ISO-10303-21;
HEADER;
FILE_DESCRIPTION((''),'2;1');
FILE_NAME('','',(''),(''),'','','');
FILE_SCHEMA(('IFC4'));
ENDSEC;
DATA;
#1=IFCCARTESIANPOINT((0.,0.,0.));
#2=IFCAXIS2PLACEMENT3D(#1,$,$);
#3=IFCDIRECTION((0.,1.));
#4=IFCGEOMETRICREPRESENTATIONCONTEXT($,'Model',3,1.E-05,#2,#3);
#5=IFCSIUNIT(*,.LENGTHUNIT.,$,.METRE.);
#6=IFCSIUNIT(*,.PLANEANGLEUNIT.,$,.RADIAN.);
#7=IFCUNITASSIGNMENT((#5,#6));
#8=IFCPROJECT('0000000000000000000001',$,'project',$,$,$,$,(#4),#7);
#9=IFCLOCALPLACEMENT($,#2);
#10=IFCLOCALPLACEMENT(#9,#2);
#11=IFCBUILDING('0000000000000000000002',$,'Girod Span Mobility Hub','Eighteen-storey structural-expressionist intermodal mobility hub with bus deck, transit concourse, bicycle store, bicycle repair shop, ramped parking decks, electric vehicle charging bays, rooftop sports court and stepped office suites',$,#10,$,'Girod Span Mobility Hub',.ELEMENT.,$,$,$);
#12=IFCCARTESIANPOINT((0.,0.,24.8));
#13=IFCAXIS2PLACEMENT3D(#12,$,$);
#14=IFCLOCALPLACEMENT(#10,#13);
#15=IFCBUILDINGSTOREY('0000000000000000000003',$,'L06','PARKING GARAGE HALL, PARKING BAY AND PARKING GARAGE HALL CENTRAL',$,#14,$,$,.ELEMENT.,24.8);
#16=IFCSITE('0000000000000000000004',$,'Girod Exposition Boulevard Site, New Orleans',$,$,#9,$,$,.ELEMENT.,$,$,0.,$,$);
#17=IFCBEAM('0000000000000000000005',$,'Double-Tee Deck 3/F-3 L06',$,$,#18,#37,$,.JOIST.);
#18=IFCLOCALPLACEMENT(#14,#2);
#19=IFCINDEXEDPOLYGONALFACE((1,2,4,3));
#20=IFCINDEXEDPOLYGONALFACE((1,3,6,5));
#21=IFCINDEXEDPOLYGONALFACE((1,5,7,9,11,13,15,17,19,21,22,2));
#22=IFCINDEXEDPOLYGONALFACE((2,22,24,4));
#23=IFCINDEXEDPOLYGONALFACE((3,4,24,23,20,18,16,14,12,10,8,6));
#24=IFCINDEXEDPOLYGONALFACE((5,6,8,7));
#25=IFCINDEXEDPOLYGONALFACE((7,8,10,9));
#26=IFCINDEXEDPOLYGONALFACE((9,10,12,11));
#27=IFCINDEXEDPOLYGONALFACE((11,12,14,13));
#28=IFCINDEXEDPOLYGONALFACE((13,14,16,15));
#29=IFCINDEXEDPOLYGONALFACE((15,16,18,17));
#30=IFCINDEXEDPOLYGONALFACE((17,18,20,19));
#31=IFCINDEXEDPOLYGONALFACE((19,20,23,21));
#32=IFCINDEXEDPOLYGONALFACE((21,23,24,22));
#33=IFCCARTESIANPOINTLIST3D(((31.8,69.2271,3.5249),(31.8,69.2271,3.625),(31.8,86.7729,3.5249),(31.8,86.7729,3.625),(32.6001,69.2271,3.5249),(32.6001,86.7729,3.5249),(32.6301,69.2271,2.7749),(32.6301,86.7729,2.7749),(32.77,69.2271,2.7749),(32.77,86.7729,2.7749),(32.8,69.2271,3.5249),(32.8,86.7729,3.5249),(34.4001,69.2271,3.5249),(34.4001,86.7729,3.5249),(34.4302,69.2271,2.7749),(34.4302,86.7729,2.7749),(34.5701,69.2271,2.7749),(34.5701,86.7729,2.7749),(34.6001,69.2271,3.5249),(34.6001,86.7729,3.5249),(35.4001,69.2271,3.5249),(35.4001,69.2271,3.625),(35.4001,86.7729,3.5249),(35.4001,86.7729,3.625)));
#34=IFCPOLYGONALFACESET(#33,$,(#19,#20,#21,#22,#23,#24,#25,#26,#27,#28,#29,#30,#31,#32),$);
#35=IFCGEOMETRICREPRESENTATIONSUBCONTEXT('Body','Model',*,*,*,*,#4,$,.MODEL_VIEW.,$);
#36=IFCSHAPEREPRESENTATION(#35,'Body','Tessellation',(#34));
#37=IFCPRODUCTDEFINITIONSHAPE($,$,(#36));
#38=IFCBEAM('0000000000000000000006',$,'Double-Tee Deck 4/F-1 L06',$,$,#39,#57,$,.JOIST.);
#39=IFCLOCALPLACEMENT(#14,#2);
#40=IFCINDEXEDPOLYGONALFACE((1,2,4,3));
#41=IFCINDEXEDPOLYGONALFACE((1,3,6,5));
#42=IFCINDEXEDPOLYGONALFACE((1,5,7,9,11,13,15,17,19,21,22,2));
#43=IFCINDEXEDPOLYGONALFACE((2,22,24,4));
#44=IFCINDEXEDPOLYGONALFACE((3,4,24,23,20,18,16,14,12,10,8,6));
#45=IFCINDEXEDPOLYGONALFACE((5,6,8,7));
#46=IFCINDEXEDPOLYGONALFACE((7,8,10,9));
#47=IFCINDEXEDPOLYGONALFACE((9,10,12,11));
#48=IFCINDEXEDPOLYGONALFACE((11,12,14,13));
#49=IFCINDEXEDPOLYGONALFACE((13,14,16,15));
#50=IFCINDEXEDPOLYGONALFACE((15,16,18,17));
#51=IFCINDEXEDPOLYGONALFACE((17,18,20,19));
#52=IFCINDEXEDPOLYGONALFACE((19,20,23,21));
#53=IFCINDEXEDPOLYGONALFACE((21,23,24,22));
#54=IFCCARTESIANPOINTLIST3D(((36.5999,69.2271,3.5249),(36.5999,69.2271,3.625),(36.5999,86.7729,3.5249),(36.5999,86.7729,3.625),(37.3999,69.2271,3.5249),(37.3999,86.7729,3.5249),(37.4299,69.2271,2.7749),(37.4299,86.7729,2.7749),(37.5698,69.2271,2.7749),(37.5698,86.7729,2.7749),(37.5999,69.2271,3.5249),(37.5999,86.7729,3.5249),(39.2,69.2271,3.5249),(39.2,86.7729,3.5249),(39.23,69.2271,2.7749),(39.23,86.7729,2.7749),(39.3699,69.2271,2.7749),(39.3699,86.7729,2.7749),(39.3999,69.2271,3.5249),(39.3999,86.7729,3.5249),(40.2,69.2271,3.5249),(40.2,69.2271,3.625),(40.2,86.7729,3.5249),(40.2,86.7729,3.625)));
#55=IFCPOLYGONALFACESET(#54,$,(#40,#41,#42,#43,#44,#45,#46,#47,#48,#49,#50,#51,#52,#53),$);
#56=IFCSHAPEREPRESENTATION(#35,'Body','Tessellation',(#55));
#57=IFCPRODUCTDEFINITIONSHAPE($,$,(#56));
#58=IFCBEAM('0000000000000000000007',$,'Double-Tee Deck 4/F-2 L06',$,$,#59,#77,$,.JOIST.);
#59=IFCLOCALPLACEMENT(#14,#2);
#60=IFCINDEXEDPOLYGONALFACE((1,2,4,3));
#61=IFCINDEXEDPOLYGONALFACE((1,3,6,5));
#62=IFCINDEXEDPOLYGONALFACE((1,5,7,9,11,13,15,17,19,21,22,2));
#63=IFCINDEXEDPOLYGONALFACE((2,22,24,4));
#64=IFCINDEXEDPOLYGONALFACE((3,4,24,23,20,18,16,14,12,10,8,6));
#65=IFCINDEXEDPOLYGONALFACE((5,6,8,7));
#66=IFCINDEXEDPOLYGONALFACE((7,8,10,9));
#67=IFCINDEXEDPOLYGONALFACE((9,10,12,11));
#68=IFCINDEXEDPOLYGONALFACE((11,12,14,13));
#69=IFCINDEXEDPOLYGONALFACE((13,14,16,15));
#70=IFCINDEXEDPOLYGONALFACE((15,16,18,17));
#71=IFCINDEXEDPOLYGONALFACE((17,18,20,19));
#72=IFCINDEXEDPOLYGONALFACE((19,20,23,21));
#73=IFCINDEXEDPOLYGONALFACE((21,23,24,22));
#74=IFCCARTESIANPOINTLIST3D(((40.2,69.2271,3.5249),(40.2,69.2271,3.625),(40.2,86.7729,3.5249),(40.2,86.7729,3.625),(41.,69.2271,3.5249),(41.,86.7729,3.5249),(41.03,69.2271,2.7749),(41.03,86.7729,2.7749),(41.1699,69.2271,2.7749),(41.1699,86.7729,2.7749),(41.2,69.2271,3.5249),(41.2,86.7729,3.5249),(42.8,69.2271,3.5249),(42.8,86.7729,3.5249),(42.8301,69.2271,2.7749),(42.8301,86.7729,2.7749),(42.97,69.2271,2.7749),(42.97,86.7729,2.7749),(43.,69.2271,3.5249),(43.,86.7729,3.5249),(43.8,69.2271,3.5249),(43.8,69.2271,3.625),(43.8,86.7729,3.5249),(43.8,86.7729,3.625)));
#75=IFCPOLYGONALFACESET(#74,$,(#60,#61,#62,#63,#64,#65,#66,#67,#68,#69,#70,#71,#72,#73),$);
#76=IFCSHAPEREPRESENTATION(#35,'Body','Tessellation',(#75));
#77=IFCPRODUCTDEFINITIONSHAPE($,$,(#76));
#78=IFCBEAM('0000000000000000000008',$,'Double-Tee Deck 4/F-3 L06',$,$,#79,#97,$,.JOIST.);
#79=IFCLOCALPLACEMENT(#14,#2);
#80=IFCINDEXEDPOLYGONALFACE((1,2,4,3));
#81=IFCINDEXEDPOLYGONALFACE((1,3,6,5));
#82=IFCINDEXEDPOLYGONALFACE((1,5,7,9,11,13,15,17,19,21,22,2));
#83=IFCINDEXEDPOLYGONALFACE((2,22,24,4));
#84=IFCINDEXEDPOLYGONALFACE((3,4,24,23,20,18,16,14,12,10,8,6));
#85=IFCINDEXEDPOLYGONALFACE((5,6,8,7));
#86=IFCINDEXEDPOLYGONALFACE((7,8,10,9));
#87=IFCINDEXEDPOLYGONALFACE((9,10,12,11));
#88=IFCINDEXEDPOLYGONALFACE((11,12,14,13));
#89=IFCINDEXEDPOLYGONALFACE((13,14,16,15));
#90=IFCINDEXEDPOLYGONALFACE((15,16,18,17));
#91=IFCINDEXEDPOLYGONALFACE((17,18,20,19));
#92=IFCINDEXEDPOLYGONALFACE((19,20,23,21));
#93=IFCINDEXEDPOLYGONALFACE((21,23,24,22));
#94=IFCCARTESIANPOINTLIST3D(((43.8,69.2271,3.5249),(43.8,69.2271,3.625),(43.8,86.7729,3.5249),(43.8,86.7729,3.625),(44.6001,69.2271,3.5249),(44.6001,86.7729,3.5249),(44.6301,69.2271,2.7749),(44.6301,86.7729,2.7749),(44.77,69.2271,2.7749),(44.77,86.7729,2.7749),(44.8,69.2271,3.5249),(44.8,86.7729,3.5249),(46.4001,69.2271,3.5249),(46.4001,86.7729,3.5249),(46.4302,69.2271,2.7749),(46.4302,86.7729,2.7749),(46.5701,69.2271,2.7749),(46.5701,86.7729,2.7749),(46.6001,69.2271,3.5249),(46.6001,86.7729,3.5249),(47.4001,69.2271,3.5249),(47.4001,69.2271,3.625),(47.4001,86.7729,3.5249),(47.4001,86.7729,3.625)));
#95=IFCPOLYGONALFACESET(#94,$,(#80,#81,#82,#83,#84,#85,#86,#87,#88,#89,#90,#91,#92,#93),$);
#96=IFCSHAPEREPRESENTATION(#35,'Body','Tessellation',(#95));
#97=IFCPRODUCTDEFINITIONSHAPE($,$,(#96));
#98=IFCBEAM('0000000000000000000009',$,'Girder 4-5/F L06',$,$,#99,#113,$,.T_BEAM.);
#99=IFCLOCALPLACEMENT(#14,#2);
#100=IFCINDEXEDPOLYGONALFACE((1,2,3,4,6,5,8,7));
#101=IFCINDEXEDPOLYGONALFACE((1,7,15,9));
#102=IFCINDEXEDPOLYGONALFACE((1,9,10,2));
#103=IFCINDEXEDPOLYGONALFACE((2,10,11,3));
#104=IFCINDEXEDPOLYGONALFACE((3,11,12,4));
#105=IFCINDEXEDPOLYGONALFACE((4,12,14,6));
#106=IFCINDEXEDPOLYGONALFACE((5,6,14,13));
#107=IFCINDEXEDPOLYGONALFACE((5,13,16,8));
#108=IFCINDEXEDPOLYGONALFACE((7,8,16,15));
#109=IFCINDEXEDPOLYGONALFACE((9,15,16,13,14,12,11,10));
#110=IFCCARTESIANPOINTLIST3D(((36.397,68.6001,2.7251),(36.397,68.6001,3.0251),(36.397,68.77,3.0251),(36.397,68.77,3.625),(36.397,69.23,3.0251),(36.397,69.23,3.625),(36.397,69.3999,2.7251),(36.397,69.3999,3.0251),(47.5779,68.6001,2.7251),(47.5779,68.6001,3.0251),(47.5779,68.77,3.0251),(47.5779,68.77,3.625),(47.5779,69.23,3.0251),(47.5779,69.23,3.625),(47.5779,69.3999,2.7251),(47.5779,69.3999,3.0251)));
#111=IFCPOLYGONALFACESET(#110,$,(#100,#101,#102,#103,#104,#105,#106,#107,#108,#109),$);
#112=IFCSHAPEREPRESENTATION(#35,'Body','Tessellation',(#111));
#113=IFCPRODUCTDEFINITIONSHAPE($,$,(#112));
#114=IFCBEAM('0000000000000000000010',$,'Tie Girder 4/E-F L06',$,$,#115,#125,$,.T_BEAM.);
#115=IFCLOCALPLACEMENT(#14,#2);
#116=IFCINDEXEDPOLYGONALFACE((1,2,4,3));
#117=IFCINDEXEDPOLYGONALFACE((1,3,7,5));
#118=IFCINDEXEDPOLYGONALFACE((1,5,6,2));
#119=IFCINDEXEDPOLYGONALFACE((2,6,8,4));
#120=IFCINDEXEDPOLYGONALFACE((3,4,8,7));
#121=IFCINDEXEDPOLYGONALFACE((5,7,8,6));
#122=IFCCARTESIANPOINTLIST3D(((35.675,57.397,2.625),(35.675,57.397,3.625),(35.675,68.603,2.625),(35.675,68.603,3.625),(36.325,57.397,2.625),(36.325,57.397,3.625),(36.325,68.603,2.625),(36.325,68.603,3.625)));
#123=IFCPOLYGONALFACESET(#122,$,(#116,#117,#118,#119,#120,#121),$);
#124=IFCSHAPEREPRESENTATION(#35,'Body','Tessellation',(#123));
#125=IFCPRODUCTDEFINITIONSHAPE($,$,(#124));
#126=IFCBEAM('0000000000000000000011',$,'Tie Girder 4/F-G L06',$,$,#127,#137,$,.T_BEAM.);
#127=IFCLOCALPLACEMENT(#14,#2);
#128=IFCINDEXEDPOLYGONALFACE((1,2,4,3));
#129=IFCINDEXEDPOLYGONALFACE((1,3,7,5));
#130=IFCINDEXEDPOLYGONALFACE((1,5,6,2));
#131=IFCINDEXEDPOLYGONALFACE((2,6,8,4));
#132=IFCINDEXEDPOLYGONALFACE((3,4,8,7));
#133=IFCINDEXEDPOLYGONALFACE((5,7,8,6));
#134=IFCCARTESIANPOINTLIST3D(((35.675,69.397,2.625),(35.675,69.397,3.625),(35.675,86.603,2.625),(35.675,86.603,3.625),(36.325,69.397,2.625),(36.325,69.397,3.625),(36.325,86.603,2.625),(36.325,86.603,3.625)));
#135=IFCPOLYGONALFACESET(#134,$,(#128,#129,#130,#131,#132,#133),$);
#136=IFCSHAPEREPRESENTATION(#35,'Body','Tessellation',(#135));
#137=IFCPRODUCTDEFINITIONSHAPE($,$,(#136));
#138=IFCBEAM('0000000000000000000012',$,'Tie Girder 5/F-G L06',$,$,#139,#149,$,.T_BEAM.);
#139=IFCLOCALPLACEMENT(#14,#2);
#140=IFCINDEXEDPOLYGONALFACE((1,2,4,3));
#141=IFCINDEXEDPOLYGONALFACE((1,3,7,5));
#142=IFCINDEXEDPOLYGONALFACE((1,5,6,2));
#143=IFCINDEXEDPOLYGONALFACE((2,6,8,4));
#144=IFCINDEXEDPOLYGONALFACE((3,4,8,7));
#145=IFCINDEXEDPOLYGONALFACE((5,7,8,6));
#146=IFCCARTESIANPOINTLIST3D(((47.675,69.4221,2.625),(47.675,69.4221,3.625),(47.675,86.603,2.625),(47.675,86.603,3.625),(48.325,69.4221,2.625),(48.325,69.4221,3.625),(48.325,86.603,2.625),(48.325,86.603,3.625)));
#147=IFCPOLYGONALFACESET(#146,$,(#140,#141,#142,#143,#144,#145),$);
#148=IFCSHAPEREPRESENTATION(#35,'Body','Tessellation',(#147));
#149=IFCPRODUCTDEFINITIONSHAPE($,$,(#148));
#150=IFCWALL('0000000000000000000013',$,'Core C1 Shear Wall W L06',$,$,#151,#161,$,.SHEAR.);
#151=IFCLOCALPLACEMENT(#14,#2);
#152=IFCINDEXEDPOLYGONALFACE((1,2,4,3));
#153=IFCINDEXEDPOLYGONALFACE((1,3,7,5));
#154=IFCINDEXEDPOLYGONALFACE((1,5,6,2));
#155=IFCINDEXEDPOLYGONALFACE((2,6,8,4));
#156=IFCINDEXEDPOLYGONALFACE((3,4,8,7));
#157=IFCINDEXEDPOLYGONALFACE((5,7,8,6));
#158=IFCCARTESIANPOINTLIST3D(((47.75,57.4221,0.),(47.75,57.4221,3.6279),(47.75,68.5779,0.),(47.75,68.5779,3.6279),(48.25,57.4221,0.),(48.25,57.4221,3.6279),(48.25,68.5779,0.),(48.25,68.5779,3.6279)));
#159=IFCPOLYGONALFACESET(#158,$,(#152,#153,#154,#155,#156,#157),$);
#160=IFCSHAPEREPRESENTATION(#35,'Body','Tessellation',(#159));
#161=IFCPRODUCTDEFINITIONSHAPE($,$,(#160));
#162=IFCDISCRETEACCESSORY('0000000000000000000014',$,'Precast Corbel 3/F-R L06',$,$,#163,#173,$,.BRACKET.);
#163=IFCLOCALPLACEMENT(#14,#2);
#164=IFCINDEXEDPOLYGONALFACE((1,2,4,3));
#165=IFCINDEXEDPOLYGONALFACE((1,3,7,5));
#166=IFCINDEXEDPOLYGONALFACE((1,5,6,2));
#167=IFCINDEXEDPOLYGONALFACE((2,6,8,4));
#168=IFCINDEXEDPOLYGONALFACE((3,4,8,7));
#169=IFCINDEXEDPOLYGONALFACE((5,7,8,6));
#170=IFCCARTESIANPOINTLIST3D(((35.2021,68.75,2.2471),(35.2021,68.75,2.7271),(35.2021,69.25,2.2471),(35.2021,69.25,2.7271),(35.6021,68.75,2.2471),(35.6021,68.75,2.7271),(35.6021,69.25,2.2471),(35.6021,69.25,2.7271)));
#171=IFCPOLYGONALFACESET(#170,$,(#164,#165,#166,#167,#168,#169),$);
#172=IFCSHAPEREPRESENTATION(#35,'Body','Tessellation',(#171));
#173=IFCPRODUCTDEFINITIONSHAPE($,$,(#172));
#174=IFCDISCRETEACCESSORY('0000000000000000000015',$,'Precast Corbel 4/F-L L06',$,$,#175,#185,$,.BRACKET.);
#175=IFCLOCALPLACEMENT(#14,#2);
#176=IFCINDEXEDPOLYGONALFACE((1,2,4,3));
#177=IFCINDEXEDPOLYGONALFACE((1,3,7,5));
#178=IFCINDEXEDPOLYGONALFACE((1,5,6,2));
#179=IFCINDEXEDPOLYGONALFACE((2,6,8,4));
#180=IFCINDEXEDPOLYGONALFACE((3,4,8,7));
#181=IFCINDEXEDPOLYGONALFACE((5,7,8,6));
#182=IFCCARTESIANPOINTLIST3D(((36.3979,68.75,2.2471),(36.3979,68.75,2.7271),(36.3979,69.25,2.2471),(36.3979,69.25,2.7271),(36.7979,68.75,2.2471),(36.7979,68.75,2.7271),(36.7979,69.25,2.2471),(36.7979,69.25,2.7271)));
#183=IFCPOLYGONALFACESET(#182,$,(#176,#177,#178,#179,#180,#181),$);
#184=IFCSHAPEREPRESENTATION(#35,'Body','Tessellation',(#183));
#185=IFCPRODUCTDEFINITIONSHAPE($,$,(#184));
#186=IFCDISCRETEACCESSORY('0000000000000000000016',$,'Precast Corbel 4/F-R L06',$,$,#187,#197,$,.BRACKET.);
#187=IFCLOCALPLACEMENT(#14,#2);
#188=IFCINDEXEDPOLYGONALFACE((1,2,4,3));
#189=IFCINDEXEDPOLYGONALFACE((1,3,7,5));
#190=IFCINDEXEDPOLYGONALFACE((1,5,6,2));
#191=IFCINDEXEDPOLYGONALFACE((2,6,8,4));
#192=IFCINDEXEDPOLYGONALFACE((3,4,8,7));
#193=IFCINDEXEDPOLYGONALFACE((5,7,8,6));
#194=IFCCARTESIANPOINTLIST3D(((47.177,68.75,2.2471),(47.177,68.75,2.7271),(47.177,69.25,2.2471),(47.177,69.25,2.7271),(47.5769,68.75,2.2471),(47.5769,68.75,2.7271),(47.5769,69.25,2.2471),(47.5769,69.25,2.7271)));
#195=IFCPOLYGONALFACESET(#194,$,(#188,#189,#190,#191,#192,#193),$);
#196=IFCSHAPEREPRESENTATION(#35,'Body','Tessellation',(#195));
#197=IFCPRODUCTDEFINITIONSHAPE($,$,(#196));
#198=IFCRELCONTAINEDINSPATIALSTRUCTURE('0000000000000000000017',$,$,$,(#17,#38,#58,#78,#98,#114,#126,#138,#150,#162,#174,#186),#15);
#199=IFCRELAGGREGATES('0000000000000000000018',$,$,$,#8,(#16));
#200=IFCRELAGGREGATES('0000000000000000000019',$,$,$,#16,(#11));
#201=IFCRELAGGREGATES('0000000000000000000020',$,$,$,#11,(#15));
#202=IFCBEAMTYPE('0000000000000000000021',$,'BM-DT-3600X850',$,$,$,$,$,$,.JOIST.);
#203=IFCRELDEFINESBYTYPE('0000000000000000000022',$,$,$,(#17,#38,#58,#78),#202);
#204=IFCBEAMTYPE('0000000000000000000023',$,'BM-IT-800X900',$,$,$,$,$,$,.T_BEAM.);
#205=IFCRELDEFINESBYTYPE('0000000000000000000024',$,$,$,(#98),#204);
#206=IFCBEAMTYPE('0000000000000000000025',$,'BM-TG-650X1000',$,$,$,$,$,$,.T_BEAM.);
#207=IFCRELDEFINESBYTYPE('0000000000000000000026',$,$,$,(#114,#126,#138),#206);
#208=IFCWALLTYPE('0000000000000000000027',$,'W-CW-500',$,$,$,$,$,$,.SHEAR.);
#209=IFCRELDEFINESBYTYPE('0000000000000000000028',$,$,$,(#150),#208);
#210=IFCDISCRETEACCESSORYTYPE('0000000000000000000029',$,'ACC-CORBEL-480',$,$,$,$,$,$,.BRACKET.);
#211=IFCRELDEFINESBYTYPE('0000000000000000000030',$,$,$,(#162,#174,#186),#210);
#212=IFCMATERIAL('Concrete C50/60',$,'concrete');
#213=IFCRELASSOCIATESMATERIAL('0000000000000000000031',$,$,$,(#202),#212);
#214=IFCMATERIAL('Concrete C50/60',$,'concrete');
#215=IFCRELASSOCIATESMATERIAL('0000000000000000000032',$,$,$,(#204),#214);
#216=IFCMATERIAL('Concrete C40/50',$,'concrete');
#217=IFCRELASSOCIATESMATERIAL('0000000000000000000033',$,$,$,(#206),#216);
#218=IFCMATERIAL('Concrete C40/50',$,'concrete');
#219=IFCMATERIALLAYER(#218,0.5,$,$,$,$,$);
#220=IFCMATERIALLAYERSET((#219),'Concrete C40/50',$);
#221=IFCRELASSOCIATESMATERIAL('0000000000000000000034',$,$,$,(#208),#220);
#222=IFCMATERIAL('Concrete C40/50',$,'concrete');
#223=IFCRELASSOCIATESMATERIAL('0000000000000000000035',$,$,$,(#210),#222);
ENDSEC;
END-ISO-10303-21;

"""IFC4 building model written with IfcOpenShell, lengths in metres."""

from ifc_helpers import new_model, si_unit, direction, frame, frame_2d, origin, origin_2d, place, context, subcontext, project, spatial, polyline, rectangle, outline, extrude, material, layer, layer_set, material_profile, profile_set, type_object, element, save


model = new_model("IFC4")

# Units and contexts
model_context = context("Model", 3, precision=1e-05, world=origin(), true_north=direction((0.0, 1.0)))
body_context = subcontext(model_context, "Body", "Model", "MODEL_VIEW")
ifc_project = project(units=[si_unit("LENGTHUNIT", "METRE"), si_unit("PLANEANGLEUNIT", "RADIAN")], contexts=[model_context])

# Site, building, storey
site_placement = place(None, origin())
site = spatial("IfcSite", under=ifc_project, at=site_placement, Name="Girod Exposition Boulevard Site, New Orleans", CompositionType="ELEMENT", RefElevation=0.0)
building_placement = place(site_placement, origin())
building = spatial("IfcBuilding", under=site, at=building_placement, Name="Girod Span Mobility Hub", Description="Eighteen-storey structural-expressionist intermodal mobility hub with bus deck, transit concourse, bicycle store, bicycle repair shop, ramped parking decks, electric vehicle charging bays, rooftop sports court and stepped office suites", LongName="Girod Span Mobility Hub", CompositionType="ELEMENT")
storey_placement = place(building_placement, frame((0.0, 0.0, 24.8)))
storey = spatial("IfcBuildingStorey", under=building, at=storey_placement, Name="L06", Description="PARKING GARAGE HALL, PARKING BAY AND PARKING GARAGE HALL CENTRAL", CompositionType="ELEMENT", Elevation=24.8)

# Beams
ifc_material_1 = material(Name="Concrete C50/60", Category="concrete")
ifc_material_profile_1 = material_profile(ifc_material_1, outline(polyline([(-1.8, 0.425), (-1.8, 0.325), (-1.0, 0.325), (-0.97, -0.425), (-0.8301, -0.425), (-0.8, 0.325), (0.8, 0.325), (0.8301, -0.425), (0.97, -0.425), (1.0, 0.325), (1.8, 0.325), (1.8, 0.425), (-1.8, 0.425)])), Name="DT-3600X850")
ifc_profile_set_1 = profile_set([ifc_material_profile_1], Name="Concrete C50/60")
beam_type_1 = type_object("IfcBeamType", Name="BM-DT-3600X850", PredefinedType="JOIST", material=ifc_profile_set_1)
for number, where, z_axis, x_axis, name in (
    (1, (33.6001, 69.2271, 3.2), (0.0, 1.0, 0.0), (-1.0, 0.0, 0.0), "Double-Tee Deck 3/F-3 L06"),
    (2, (38.3999, 69.2271, 3.2), (0.0, 1.0, 0.0), (-1.0, 0.0, 0.0), "Double-Tee Deck 4/F-1 L06"),
    (3, (42.0, 69.2271, 3.2), (0.0, 1.0, 0.0), (-1.0, 0.0, 0.0), "Double-Tee Deck 4/F-2 L06"),
    (4, (45.6001, 69.2271, 3.2), (0.0, 1.0, 0.0), (-1.0, 0.0, 0.0), "Double-Tee Deck 4/F-3 L06"),
):
    element("IfcBeam", number, at=place(storey_placement, frame(where, z_axis=z_axis, x_axis=x_axis)), inside=storey, type_object=beam_type_1, Name=name, PredefinedType="JOIST", context=body_context, shape_type="SweptSolid", body=[
        extrude(outline(polyline([(-1.8, 0.425), (-1.8, 0.325), (-1.0, 0.325), (-0.97, -0.425), (-0.8301, -0.425), (-0.8, 0.325), (0.8, 0.325), (0.8301, -0.425), (0.97, -0.425), (1.0, 0.325), (1.8, 0.325), (1.8, 0.425), (-1.8, 0.425)])), origin(), (0.0, 0.0, 1.0), 17.5459),
    ])
ifc_material_2 = material(Name="Concrete C50/60", Category="concrete")
ifc_material_profile_2 = material_profile(ifc_material_2, outline(polyline([(-0.3999, -0.45), (0.3999, -0.45), (0.3999, -0.1499), (0.23, -0.1499), (0.23, 0.45), (-0.23, 0.45), (-0.23, -0.1499), (-0.3999, -0.1499), (-0.3999, -0.45)])), Name="IT-800X900")
ifc_profile_set_2 = profile_set([ifc_material_profile_2], Name="Concrete C50/60")
beam_type_2 = type_object("IfcBeamType", Name="BM-IT-800X900", PredefinedType="T_BEAM", material=ifc_profile_set_2)
beam_1_placement = place(storey_placement, frame((36.397, 69.0, 3.175), z_axis=(1.0, 0.0, 0.0), x_axis=(0.0, 1.0, 0.0)))
element("IfcBeam", 5, at=beam_1_placement, inside=storey, type_object=beam_type_2, Name="Girder 4-5/F L06", PredefinedType="T_BEAM", context=body_context, shape_type="SweptSolid", body=[
    extrude(outline(polyline([(-0.3999, -0.45), (0.3999, -0.45), (0.3999, -0.1499), (0.23, -0.1499), (0.23, 0.45), (-0.23, 0.45), (-0.23, -0.1499), (-0.3999, -0.1499), (-0.3999, -0.45)])), origin(), (0.0, 0.0, 1.0), 11.1809),
])
ifc_material_3 = material(Name="Concrete C40/50", Category="concrete")
ifc_material_profile_3 = material_profile(ifc_material_3, rectangle(XDim=0.6499, YDim=1.0, at=origin_2d()), Name="TG-650X1000")
ifc_profile_set_3 = profile_set([ifc_material_profile_3], Name="Concrete C40/50")
beam_type_3 = type_object("IfcBeamType", Name="BM-TG-650X1000", PredefinedType="T_BEAM", material=ifc_profile_set_3)
beam_2_placement = place(storey_placement, frame((36.0, 57.397, 3.125), z_axis=(0.0, 1.0, 0.0), x_axis=(-1.0, 0.0, 0.0)))
element("IfcBeam", 6, at=beam_2_placement, inside=storey, type_object=beam_type_3, Name="Tie Girder 4/E-F L06", PredefinedType="T_BEAM", context=body_context, shape_type="SweptSolid", body=[
    extrude(rectangle(XDim=0.6499, YDim=1.0, at=origin_2d()), origin(), (0.0, 0.0, 1.0), 11.2061),
])
beam_3_placement = place(storey_placement, frame((36.0, 69.397, 3.125), z_axis=(0.0, 1.0, 0.0), x_axis=(-1.0, 0.0, 0.0)))
element("IfcBeam", 7, at=beam_3_placement, inside=storey, type_object=beam_type_3, Name="Tie Girder 4/F-G L06", PredefinedType="T_BEAM", context=body_context, shape_type="SweptSolid", body=[
    extrude(rectangle(XDim=0.6499, YDim=1.0, at=origin_2d()), origin(), (0.0, 0.0, 1.0), 17.2061),
])
beam_4_placement = place(storey_placement, frame((48.0, 69.4221, 3.125), z_axis=(0.0, 1.0, 0.0), x_axis=(-1.0, 0.0, 0.0)))
element("IfcBeam", 8, at=beam_4_placement, inside=storey, type_object=beam_type_3, Name="Tie Girder 5/F-G L06", PredefinedType="T_BEAM", context=body_context, shape_type="SweptSolid", body=[
    extrude(rectangle(XDim=0.6499, YDim=1.0, at=origin_2d()), origin(), (0.0, 0.0, 1.0), 17.1809),
])

# Wall
ifc_material_4 = material(Name="Concrete C40/50", Category="concrete")
ifc_layer = layer(ifc_material_4, 0.5)
ifc_layer_set = layer_set([ifc_layer], Name="Concrete C40/50")
wall_type = type_object("IfcWallType", Name="W-CW-500", PredefinedType="SHEAR", material=ifc_layer_set)
wall_placement = place(storey_placement, frame((48.0, 57.4221, 0.0), z_axis=(0.0, 0.0, 1.0), x_axis=(0.0, 1.0, 0.0)))
element("IfcWall", 9, at=wall_placement, inside=storey, type_object=wall_type, Name="Core C1 Shear Wall W L06", PredefinedType="SHEAR", context=body_context, shape_type="SweptSolid", body=[
    extrude(rectangle(XDim=11.1558, YDim=0.5, at=frame_2d((5.5779, 0.0))), origin(), (0.0, 0.0, 1.0), 3.6279),
])

# Discrete accessories
ifc_material_5 = material(Name="Concrete C40/50", Category="concrete")
discrete_accessory_type = type_object("IfcDiscreteAccessoryType", Name="ACC-CORBEL-480", PredefinedType="BRACKET", material=ifc_material_5)
for number, where, z_axis, x_axis, name in (
    (10, (35.4021, 69.0, 2.2471), (0.0, 0.0, 1.0), (1.0, 0.0, 0.0), "Precast Corbel 3/F-R L06"),
    (11, (36.5979, 69.0, 2.2471), (0.0, 0.0, 1.0), (1.0, 0.0, 0.0), "Precast Corbel 4/F-L L06"),
    (12, (47.377, 69.0, 2.2471), (0.0, 0.0, 1.0), (1.0, 0.0, 0.0), "Precast Corbel 4/F-R L06"),
):
    element("IfcDiscreteAccessory", number, at=place(storey_placement, frame(where, z_axis=z_axis, x_axis=x_axis)), inside=storey, type_object=discrete_accessory_type, Name=name, PredefinedType="BRACKET", context=body_context, shape_type="SweptSolid", body=[
        extrude(rectangle(XDim=0.3999, YDim=0.5, at=origin_2d()), origin(), (0.0, 0.0, 1.0), 0.48),
    ])

save(model, "model.ifc")
